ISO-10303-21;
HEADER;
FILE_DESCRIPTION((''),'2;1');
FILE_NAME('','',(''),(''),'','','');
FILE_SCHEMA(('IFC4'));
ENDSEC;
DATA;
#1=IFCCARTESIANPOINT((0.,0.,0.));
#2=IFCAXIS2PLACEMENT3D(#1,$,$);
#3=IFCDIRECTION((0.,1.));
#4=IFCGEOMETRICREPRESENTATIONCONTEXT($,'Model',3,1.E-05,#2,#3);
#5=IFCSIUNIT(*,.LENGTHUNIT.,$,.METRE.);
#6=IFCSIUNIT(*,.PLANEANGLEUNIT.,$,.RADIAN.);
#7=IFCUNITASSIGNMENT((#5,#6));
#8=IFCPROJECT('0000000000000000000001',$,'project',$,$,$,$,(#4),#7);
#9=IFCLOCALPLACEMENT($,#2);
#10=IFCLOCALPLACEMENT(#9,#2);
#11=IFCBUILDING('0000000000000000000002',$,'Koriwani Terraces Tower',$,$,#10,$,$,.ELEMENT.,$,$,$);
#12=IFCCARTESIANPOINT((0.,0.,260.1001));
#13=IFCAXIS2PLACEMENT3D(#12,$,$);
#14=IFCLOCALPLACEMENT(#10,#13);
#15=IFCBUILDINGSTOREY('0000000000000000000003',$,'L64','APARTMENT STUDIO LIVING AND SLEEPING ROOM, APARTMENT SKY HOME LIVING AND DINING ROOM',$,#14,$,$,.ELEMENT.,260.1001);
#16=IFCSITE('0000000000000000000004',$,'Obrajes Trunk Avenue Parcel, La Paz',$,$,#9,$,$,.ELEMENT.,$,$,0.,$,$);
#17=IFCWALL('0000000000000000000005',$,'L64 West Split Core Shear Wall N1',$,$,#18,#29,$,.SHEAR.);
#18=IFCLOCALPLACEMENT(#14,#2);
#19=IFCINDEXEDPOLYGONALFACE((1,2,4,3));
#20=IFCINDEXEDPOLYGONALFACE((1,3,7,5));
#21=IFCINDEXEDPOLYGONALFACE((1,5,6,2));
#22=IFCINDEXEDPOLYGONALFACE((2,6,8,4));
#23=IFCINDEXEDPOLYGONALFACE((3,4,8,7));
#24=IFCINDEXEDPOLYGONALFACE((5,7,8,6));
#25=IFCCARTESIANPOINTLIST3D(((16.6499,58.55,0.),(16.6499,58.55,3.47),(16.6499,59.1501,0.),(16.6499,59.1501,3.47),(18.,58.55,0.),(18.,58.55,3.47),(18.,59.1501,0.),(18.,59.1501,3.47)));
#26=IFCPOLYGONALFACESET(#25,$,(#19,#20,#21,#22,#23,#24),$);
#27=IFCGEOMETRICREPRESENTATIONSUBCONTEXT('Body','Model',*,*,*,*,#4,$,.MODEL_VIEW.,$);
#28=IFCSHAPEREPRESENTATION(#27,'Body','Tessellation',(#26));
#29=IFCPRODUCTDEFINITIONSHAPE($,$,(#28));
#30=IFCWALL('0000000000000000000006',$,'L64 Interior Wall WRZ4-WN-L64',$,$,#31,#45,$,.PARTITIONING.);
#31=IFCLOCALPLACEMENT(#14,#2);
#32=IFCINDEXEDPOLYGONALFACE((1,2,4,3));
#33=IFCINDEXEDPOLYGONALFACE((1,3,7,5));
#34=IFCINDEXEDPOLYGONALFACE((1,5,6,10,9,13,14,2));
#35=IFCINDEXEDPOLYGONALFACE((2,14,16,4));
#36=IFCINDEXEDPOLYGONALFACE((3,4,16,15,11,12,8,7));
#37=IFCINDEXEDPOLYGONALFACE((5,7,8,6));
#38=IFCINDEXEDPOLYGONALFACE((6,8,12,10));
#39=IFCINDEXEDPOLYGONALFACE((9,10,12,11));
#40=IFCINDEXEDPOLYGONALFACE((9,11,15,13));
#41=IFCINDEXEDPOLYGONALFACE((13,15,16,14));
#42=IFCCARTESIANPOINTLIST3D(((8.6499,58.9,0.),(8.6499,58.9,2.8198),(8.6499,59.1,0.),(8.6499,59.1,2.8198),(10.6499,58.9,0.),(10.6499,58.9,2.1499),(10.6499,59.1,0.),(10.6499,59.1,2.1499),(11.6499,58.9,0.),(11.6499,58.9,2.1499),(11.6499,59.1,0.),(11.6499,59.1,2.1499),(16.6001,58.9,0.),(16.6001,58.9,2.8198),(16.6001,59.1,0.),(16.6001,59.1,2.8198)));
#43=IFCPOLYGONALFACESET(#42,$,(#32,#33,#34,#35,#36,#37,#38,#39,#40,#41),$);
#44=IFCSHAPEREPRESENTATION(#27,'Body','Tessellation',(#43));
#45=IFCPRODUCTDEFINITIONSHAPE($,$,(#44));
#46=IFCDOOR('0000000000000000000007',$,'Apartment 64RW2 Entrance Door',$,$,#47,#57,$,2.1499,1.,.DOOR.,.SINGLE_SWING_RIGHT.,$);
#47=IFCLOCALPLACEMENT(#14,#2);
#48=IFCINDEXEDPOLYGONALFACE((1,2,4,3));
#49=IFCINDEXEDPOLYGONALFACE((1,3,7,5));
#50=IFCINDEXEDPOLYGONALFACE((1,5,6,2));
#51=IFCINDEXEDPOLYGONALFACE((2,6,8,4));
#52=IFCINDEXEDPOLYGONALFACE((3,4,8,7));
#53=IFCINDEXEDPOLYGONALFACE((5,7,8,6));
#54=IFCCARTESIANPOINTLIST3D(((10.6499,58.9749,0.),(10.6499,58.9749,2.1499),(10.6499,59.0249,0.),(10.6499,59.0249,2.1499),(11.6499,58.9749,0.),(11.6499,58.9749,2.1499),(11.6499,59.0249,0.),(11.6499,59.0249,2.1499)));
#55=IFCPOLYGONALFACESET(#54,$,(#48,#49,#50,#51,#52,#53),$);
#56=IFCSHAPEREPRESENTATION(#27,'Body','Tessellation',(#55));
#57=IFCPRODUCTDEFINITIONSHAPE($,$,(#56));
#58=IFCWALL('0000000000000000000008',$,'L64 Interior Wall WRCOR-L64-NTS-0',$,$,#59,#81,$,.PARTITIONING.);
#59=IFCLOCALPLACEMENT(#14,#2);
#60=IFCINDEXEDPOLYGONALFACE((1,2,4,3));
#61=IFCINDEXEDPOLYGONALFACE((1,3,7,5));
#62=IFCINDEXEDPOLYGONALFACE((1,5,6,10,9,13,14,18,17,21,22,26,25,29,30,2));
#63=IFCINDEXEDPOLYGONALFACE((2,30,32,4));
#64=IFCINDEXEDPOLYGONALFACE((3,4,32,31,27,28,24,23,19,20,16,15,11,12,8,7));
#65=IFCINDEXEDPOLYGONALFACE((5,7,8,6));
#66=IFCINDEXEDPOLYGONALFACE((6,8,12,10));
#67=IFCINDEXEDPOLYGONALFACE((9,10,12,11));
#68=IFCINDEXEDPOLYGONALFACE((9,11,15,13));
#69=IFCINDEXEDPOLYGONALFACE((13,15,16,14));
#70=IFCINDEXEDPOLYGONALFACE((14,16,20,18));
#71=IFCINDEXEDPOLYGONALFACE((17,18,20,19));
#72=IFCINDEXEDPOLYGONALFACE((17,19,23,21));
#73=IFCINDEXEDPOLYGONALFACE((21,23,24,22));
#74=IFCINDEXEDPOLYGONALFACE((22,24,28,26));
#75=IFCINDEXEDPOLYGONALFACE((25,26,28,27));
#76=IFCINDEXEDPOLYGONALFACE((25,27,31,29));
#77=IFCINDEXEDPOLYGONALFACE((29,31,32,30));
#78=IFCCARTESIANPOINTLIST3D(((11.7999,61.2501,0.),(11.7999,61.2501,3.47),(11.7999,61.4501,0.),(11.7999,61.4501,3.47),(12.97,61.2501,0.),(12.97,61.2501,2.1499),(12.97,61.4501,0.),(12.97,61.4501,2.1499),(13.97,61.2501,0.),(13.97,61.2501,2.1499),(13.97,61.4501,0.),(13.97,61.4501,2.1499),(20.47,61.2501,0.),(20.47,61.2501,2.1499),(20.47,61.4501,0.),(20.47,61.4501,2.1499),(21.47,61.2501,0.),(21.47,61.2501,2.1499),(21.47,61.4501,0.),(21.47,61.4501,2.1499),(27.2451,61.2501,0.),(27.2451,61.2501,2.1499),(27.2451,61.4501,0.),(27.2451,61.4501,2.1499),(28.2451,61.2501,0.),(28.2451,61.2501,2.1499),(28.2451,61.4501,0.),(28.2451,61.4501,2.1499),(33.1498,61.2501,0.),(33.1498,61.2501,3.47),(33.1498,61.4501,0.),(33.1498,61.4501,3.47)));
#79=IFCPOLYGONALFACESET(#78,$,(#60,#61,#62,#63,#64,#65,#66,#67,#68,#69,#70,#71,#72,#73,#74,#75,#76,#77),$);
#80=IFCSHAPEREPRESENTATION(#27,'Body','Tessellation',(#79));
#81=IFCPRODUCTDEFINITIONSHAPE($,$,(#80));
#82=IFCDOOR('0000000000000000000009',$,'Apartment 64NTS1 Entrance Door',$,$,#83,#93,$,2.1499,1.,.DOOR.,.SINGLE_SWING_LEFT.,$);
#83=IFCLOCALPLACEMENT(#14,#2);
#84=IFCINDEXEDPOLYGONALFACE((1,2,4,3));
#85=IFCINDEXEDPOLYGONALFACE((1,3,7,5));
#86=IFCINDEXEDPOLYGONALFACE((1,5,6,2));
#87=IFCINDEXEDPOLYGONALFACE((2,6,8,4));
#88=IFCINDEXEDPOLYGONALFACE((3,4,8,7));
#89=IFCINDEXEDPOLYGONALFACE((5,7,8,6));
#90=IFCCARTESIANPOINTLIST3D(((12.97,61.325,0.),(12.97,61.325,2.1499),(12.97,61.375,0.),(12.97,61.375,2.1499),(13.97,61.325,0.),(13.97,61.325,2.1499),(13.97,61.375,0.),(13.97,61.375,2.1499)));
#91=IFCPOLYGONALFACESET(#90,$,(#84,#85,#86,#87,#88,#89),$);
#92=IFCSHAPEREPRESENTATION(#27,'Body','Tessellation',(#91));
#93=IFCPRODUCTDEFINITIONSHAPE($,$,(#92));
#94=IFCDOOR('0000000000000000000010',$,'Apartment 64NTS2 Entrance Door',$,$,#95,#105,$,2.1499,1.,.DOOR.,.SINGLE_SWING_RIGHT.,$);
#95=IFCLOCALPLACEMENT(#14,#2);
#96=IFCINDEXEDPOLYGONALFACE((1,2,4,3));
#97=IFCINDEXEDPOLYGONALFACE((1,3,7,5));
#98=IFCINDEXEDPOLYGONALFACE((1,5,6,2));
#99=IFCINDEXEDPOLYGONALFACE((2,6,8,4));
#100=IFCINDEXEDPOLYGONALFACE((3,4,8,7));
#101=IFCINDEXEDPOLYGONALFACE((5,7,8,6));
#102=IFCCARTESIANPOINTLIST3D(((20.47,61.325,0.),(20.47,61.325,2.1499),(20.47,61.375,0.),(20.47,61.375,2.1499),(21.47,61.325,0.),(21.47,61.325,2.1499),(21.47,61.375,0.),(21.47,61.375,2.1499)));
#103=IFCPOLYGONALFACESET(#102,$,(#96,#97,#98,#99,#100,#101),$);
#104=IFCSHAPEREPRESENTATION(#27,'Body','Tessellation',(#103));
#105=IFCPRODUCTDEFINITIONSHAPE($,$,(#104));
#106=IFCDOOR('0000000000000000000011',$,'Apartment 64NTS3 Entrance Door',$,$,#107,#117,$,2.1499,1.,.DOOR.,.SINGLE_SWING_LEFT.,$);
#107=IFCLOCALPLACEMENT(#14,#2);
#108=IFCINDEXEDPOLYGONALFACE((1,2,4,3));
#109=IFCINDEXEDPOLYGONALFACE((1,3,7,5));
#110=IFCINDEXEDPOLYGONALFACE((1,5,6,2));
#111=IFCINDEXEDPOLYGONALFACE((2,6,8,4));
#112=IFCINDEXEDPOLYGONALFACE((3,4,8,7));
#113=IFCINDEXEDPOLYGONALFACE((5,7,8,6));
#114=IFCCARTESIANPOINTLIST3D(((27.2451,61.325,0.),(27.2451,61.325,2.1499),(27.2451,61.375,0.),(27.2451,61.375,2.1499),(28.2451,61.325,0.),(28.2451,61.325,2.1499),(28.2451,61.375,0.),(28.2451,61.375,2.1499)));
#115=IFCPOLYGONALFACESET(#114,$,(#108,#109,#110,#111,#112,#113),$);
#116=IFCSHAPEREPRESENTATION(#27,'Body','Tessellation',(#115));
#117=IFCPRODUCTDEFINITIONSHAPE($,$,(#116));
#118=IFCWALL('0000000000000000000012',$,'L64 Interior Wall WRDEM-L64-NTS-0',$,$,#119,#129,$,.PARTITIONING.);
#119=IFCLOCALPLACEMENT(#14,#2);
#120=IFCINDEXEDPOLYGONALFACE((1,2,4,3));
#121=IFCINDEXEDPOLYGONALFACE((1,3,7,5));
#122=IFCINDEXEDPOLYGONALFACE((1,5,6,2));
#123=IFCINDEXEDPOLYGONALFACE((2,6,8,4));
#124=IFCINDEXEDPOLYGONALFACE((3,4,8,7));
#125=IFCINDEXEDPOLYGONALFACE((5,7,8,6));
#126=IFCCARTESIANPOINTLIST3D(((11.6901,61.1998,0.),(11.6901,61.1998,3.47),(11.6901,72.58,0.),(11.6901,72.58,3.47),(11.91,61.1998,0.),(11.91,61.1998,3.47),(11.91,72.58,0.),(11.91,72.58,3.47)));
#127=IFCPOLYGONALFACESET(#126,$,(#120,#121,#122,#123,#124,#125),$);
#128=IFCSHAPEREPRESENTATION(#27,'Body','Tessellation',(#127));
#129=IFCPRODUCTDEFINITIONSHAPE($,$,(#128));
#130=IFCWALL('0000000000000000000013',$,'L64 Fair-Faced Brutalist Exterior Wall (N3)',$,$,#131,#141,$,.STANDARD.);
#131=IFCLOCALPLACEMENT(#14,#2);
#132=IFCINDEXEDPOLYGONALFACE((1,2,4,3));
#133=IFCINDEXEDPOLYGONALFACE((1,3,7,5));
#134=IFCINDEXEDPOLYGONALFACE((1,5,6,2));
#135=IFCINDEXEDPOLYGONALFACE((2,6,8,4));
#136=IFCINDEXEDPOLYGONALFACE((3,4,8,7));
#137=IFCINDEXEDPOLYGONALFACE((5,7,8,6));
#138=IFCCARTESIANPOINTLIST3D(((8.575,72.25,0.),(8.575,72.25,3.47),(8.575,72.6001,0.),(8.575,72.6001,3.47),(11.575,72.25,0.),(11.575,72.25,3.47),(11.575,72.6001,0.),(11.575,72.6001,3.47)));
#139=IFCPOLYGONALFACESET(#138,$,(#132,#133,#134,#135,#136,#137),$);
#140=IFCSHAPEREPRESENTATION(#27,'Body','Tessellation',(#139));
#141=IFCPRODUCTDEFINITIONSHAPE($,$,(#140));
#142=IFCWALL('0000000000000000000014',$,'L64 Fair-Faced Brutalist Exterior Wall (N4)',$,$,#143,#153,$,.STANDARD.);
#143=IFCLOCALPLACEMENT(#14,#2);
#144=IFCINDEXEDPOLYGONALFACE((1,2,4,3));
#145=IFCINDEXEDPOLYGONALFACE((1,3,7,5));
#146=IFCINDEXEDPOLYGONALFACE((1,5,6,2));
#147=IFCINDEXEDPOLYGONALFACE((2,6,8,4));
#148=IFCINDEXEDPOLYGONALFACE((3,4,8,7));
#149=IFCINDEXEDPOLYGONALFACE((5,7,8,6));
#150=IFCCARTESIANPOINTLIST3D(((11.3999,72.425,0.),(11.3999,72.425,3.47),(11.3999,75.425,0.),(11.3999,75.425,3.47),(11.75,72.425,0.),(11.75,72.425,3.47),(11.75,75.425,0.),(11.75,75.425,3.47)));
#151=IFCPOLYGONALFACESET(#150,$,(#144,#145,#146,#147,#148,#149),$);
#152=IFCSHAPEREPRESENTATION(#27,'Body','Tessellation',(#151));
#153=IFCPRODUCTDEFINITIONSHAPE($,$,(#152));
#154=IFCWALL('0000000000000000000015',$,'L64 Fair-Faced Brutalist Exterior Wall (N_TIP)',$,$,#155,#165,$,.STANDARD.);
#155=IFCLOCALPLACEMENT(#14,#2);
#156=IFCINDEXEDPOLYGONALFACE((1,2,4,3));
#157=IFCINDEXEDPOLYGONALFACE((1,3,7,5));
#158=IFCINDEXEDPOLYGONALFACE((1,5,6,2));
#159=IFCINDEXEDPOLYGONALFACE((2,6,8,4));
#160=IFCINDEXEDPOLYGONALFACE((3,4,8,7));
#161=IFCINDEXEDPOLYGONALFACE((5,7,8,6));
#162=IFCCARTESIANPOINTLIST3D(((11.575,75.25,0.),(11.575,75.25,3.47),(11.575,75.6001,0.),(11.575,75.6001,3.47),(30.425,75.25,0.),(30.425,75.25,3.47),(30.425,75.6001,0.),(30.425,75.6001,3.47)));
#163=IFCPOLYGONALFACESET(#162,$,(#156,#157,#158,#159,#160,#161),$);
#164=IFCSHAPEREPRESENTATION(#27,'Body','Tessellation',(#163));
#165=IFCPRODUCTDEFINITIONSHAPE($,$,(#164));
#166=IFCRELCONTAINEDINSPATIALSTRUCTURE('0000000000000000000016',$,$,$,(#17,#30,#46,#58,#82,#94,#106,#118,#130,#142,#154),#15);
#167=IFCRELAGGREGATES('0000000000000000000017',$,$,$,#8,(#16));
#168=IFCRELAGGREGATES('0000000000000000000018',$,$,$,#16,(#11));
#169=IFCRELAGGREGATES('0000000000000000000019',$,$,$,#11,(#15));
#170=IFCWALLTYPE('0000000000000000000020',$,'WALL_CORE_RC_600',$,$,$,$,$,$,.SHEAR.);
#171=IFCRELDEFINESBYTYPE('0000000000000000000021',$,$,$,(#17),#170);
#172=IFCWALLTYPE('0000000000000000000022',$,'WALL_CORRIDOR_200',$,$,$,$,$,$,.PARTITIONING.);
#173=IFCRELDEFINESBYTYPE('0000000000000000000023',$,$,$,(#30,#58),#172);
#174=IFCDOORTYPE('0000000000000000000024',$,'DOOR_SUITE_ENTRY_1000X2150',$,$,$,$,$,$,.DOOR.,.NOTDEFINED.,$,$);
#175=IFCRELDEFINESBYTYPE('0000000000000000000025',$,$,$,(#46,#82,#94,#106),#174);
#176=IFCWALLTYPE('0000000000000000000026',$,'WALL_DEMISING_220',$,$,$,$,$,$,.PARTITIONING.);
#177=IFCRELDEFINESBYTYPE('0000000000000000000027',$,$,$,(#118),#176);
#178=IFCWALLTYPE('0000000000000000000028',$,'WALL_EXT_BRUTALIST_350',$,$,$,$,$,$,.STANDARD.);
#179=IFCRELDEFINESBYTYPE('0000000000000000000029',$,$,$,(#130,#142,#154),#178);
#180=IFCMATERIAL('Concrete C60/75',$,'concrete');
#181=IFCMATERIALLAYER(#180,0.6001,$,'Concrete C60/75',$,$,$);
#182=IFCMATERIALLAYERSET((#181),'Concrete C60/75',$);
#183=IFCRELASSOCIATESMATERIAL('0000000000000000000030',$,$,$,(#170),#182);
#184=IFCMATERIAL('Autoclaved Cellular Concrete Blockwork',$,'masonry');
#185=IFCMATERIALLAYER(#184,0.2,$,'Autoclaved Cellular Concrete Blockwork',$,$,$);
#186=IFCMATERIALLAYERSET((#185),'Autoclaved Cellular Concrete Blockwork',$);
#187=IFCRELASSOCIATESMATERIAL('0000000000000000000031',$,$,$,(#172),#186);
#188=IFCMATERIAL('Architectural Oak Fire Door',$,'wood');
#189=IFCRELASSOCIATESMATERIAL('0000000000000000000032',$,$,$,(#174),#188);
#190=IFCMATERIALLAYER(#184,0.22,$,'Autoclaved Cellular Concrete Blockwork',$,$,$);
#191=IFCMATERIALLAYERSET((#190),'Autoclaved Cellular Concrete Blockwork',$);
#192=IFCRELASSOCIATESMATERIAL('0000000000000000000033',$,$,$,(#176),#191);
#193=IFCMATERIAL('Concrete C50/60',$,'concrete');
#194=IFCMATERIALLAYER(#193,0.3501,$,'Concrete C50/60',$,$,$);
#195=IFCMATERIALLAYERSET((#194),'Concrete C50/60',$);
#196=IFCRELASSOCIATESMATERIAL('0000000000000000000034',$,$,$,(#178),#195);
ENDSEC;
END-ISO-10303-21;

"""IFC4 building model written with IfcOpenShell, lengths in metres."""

from ifc_helpers import new_model, si_unit, direction, frame, frame_2d, origin, place, context, subcontext, project, spatial, rectangle, extrude, material, layer, layer_set, type_object, element, fill, save


model = new_model("IFC4")

# Units and contexts
model_context = context("Model", 3, precision=1e-05, world=origin(), true_north=direction((0.0, 1.0)))
body_context = subcontext(model_context, "Body", "Model", "MODEL_VIEW")
ifc_project = project(units=[si_unit("LENGTHUNIT", "METRE"), si_unit("PLANEANGLEUNIT", "RADIAN")], contexts=[model_context])

# Site, building, storey
site_placement = place(None, origin())
site = spatial("IfcSite", under=ifc_project, at=site_placement, Name="Obrajes Trunk Avenue Parcel, La Paz", CompositionType="ELEMENT", RefElevation=0.0)
building_placement = place(site_placement, origin())
building = spatial("IfcBuilding", under=site, at=building_placement, Name="Koriwani Terraces Tower", CompositionType="ELEMENT")
storey_placement = place(building_placement, frame((0.0, 0.0, 260.1001)))
storey = spatial("IfcBuildingStorey", under=building, at=storey_placement, Name="L64", Description="APARTMENT STUDIO LIVING AND SLEEPING ROOM, APARTMENT SKY HOME LIVING AND DINING ROOM", CompositionType="ELEMENT", Elevation=260.1001)

# Shared definitions
ifc_material_1 = material(Name="Concrete C50/60", Category="concrete")

# Wall
ifc_material_2 = material(Name="Concrete C60/75", Category="concrete")
ifc_layer_1 = layer(ifc_material_2, 0.6001, Name="Concrete C60/75")
ifc_layer_set_1 = layer_set([ifc_layer_1], Name="Concrete C60/75")
wall_type_1 = type_object("IfcWallType", Name="WALL_CORE_RC_600", PredefinedType="SHEAR", material=ifc_layer_set_1)
wall_1_placement = place(storey_placement, frame((16.6499, 58.8501, 0.0), z_axis=(0.0, 0.0, 1.0), x_axis=(1.0, 0.0, 0.0)))
element("IfcWall", 1, at=wall_1_placement, inside=storey, type_object=wall_type_1, Name="L64 West Split Core Shear Wall N1", PredefinedType="SHEAR", context=body_context, shape_type="SweptSolid", body=[
    extrude(rectangle(XDim=1.3501, YDim=0.6001, at=frame_2d((0.675, 0.0))), origin(), (0.0, 0.0, 1.0), 3.47),
])

# Wall, opening, door
ifc_material_3 = material(Name="Autoclaved Cellular Concrete Blockwork", Category="masonry")
ifc_layer_2 = layer(ifc_material_3, 0.2, Name="Autoclaved Cellular Concrete Blockwork")
ifc_layer_set_2 = layer_set([ifc_layer_2], Name="Autoclaved Cellular Concrete Blockwork")
wall_type_2 = type_object("IfcWallType", Name="WALL_CORRIDOR_200", PredefinedType="PARTITIONING", material=ifc_layer_set_2)
wall_2_placement = place(storey_placement, frame((8.6499, 59.0, 0.0), z_axis=(0.0, 0.0, 1.0), x_axis=(1.0, 0.0, 0.0)))
wall_2 = element("IfcWall", 2, at=wall_2_placement, inside=storey, type_object=wall_type_2, Name="L64 Interior Wall WRZ4-WN-L64", PredefinedType="PARTITIONING", context=body_context, shape_type="SweptSolid", body=[
    extrude(rectangle(XDim=7.9502, YDim=0.2, at=frame_2d((3.9751, 0.0))), origin(), (0.0, 0.0, 1.0), 2.8198),
])
opening_1_placement = place(wall_2_placement, frame((2.0, 0.0, 0.0)))
opening_1 = element("IfcOpeningElement", 3, at=opening_1_placement, cuts=wall_2, PredefinedType="OPENING", context=body_context, shape_type="SweptSolid", body=[
    extrude(rectangle(XDim=1.0, YDim=2.1499, at=frame_2d((0.5, 1.075))), frame((0.0, 0.1099, 0.0), z_axis=(0.0, -1.0, 0.0), x_axis=(1.0, 0.0, 0.0)), (0.0, 0.0, 1.0), 0.22),
])
ifc_material_4 = material(Name="Architectural Oak Fire Door", Category="wood")
door_type_1 = type_object("IfcDoorType", Name="DOOR_SUITE_ENTRY_1000X2150", OperationType="NOTDEFINED", PredefinedType="DOOR", material=ifc_material_4)
door_1_placement = place(opening_1_placement, origin())
door_1 = element("IfcDoor", 4, at=door_1_placement, inside=storey, type_object=door_type_1, Name="Apartment 64RW2 Entrance Door", OperationType="SINGLE_SWING_RIGHT", OverallHeight=2.1499, OverallWidth=1.0, PredefinedType="DOOR", context=body_context, shape_type="SweptSolid", body=[
    extrude(rectangle(XDim=1.0, YDim=2.1499, at=frame_2d((0.5, 1.075))), frame((0.0, 0.0249, 0.0), z_axis=(0.0, -1.0, 0.0), x_axis=(1.0, 0.0, 0.0)), (0.0, 0.0, 1.0), 0.05),
])
fill(opening_1, door_1)

# Wall, openings, doors
wall_3_placement = place(storey_placement, frame((11.8, 61.3501, 0.0), z_axis=(0.0, 0.0, 1.0), x_axis=(1.0, 0.0, 0.0)))
wall_3 = element("IfcWall", 5, at=wall_3_placement, inside=storey, type_object=wall_type_2, Name="L64 Interior Wall WRCOR-L64-NTS-0", PredefinedType="PARTITIONING", context=body_context, shape_type="SweptSolid", body=[
    extrude(rectangle(XDim=21.3499, YDim=0.2, at=frame_2d((10.6748, 0.0))), origin(), (0.0, 0.0, 1.0), 3.47),
])
opening_2_placement = place(wall_3_placement, frame((1.1699, 0.0, 0.0)))
opening_2 = element("IfcOpeningElement", 6, at=opening_2_placement, cuts=wall_3, PredefinedType="OPENING", context=body_context, shape_type="SweptSolid", body=[
    extrude(rectangle(XDim=1.0, YDim=2.1499, at=frame_2d((0.5, 1.075))), frame((0.0, 0.1099, 0.0), z_axis=(0.0, -1.0, 0.0), x_axis=(1.0, 0.0, 0.0)), (0.0, 0.0, 1.0), 0.22),
])
opening_3_placement = place(wall_3_placement, frame((8.6699, 0.0, 0.0)))
opening_3 = element("IfcOpeningElement", 7, at=opening_3_placement, cuts=wall_3, PredefinedType="OPENING", context=body_context, shape_type="SweptSolid", body=[
    extrude(rectangle(XDim=1.0, YDim=2.1499, at=frame_2d((0.5, 1.075))), frame((0.0, 0.1099, 0.0), z_axis=(0.0, -1.0, 0.0), x_axis=(1.0, 0.0, 0.0)), (0.0, 0.0, 1.0), 0.22),
])
opening_4_placement = place(wall_3_placement, frame((15.4451, 0.0, 0.0)))
opening_4 = element("IfcOpeningElement", 8, at=opening_4_placement, cuts=wall_3, PredefinedType="OPENING", context=body_context, shape_type="SweptSolid", body=[
    extrude(rectangle(XDim=1.0, YDim=2.1499, at=frame_2d((0.5, 1.075))), frame((0.0, 0.1099, 0.0), z_axis=(0.0, -1.0, 0.0), x_axis=(1.0, 0.0, 0.0)), (0.0, 0.0, 1.0), 0.22),
])
door_2_placement = place(opening_2_placement, origin())
door_2 = element("IfcDoor", 9, at=door_2_placement, inside=storey, type_object=door_type_1, Name="Apartment 64NTS1 Entrance Door", OperationType="SINGLE_SWING_LEFT", OverallHeight=2.1499, OverallWidth=1.0, PredefinedType="DOOR", context=body_context, shape_type="SweptSolid", body=[
    extrude(rectangle(XDim=1.0, YDim=2.1499, at=frame_2d((0.5, 1.075))), frame((0.0, 0.0249, 0.0), z_axis=(0.0, -1.0, 0.0), x_axis=(1.0, 0.0, 0.0)), (0.0, 0.0, 1.0), 0.05),
])
fill(opening_2, door_2)
door_3_placement = place(opening_3_placement, origin())
door_3 = element("IfcDoor", 10, at=door_3_placement, inside=storey, type_object=door_type_1, Name="Apartment 64NTS2 Entrance Door", OperationType="SINGLE_SWING_RIGHT", OverallHeight=2.1499, OverallWidth=1.0, PredefinedType="DOOR", context=body_context, shape_type="SweptSolid", body=[
    extrude(rectangle(XDim=1.0, YDim=2.1499, at=frame_2d((0.5, 1.075))), frame((0.0, 0.0249, 0.0), z_axis=(0.0, -1.0, 0.0), x_axis=(1.0, 0.0, 0.0)), (0.0, 0.0, 1.0), 0.05),
])
fill(opening_3, door_3)
door_4_placement = place(opening_4_placement, origin())
door_4 = element("IfcDoor", 11, at=door_4_placement, inside=storey, type_object=door_type_1, Name="Apartment 64NTS3 Entrance Door", OperationType="SINGLE_SWING_LEFT", OverallHeight=2.1499, OverallWidth=1.0, PredefinedType="DOOR", context=body_context, shape_type="SweptSolid", body=[
    extrude(rectangle(XDim=1.0, YDim=2.1499, at=frame_2d((0.5, 1.075))), frame((0.0, 0.0249, 0.0), z_axis=(0.0, -1.0, 0.0), x_axis=(1.0, 0.0, 0.0)), (0.0, 0.0, 1.0), 0.05),
])
fill(opening_4, door_4)

# Walls
ifc_layer_3 = layer(ifc_material_3, 0.22, Name="Autoclaved Cellular Concrete Blockwork")
ifc_layer_set_3 = layer_set([ifc_layer_3], Name="Autoclaved Cellular Concrete Blockwork")
wall_type_3 = type_object("IfcWallType", Name="WALL_DEMISING_220", PredefinedType="PARTITIONING", material=ifc_layer_set_3)
wall_4_placement = place(storey_placement, frame((11.8, 61.2, 0.0), z_axis=(0.0, 0.0, 1.0), x_axis=(0.0, 1.0, 0.0)))
element("IfcWall", 12, at=wall_4_placement, inside=storey, type_object=wall_type_3, Name="L64 Interior Wall WRDEM-L64-NTS-0", PredefinedType="PARTITIONING", context=body_context, shape_type="SweptSolid", body=[
    extrude(rectangle(XDim=11.3801, YDim=0.22, at=frame_2d((5.6899, 0.0))), origin(), (0.0, 0.0, 1.0), 3.47),
])
ifc_layer_4 = layer(ifc_material_1, 0.3501, Name="Concrete C50/60")
ifc_layer_set_4 = layer_set([ifc_layer_4], Name="Concrete C50/60")
wall_type_4 = type_object("IfcWallType", Name="WALL_EXT_BRUTALIST_350", PredefinedType="STANDARD", material=ifc_layer_set_4)
for number, where, z_axis, x_axis, name in (
    (13, (8.575, 72.425, 0.0), (0.0, 0.0, 1.0), (1.0, 0.0, 0.0), "L64 Fair-Faced Brutalist Exterior Wall (N3)"),
    (14, (11.575, 72.425, 0.0), (0.0, 0.0, 1.0), (0.0, 1.0, 0.0), "L64 Fair-Faced Brutalist Exterior Wall (N4)"),
):
    element("IfcWall", number, at=place(storey_placement, frame(where, z_axis=z_axis, x_axis=x_axis)), inside=storey, type_object=wall_type_4, Name=name, PredefinedType="STANDARD", context=body_context, shape_type="SweptSolid", body=[
        extrude(rectangle(XDim=3.0, YDim=0.3501, at=frame_2d((1.5, 0.0))), origin(), (0.0, 0.0, 1.0), 3.47),
    ])
wall_5_placement = place(storey_placement, frame((11.575, 75.425, 0.0), z_axis=(0.0, 0.0, 1.0), x_axis=(1.0, 0.0, 0.0)))
element("IfcWall", 15, at=wall_5_placement, inside=storey, type_object=wall_type_4, Name="L64 Fair-Faced Brutalist Exterior Wall (N_TIP)", PredefinedType="STANDARD", context=body_context, shape_type="SweptSolid", body=[
    extrude(rectangle(XDim=18.8501, YDim=0.3501, at=frame_2d((9.425, 0.0))), origin(), (0.0, 0.0, 1.0), 3.47),
])

save(model, "model.ifc")
